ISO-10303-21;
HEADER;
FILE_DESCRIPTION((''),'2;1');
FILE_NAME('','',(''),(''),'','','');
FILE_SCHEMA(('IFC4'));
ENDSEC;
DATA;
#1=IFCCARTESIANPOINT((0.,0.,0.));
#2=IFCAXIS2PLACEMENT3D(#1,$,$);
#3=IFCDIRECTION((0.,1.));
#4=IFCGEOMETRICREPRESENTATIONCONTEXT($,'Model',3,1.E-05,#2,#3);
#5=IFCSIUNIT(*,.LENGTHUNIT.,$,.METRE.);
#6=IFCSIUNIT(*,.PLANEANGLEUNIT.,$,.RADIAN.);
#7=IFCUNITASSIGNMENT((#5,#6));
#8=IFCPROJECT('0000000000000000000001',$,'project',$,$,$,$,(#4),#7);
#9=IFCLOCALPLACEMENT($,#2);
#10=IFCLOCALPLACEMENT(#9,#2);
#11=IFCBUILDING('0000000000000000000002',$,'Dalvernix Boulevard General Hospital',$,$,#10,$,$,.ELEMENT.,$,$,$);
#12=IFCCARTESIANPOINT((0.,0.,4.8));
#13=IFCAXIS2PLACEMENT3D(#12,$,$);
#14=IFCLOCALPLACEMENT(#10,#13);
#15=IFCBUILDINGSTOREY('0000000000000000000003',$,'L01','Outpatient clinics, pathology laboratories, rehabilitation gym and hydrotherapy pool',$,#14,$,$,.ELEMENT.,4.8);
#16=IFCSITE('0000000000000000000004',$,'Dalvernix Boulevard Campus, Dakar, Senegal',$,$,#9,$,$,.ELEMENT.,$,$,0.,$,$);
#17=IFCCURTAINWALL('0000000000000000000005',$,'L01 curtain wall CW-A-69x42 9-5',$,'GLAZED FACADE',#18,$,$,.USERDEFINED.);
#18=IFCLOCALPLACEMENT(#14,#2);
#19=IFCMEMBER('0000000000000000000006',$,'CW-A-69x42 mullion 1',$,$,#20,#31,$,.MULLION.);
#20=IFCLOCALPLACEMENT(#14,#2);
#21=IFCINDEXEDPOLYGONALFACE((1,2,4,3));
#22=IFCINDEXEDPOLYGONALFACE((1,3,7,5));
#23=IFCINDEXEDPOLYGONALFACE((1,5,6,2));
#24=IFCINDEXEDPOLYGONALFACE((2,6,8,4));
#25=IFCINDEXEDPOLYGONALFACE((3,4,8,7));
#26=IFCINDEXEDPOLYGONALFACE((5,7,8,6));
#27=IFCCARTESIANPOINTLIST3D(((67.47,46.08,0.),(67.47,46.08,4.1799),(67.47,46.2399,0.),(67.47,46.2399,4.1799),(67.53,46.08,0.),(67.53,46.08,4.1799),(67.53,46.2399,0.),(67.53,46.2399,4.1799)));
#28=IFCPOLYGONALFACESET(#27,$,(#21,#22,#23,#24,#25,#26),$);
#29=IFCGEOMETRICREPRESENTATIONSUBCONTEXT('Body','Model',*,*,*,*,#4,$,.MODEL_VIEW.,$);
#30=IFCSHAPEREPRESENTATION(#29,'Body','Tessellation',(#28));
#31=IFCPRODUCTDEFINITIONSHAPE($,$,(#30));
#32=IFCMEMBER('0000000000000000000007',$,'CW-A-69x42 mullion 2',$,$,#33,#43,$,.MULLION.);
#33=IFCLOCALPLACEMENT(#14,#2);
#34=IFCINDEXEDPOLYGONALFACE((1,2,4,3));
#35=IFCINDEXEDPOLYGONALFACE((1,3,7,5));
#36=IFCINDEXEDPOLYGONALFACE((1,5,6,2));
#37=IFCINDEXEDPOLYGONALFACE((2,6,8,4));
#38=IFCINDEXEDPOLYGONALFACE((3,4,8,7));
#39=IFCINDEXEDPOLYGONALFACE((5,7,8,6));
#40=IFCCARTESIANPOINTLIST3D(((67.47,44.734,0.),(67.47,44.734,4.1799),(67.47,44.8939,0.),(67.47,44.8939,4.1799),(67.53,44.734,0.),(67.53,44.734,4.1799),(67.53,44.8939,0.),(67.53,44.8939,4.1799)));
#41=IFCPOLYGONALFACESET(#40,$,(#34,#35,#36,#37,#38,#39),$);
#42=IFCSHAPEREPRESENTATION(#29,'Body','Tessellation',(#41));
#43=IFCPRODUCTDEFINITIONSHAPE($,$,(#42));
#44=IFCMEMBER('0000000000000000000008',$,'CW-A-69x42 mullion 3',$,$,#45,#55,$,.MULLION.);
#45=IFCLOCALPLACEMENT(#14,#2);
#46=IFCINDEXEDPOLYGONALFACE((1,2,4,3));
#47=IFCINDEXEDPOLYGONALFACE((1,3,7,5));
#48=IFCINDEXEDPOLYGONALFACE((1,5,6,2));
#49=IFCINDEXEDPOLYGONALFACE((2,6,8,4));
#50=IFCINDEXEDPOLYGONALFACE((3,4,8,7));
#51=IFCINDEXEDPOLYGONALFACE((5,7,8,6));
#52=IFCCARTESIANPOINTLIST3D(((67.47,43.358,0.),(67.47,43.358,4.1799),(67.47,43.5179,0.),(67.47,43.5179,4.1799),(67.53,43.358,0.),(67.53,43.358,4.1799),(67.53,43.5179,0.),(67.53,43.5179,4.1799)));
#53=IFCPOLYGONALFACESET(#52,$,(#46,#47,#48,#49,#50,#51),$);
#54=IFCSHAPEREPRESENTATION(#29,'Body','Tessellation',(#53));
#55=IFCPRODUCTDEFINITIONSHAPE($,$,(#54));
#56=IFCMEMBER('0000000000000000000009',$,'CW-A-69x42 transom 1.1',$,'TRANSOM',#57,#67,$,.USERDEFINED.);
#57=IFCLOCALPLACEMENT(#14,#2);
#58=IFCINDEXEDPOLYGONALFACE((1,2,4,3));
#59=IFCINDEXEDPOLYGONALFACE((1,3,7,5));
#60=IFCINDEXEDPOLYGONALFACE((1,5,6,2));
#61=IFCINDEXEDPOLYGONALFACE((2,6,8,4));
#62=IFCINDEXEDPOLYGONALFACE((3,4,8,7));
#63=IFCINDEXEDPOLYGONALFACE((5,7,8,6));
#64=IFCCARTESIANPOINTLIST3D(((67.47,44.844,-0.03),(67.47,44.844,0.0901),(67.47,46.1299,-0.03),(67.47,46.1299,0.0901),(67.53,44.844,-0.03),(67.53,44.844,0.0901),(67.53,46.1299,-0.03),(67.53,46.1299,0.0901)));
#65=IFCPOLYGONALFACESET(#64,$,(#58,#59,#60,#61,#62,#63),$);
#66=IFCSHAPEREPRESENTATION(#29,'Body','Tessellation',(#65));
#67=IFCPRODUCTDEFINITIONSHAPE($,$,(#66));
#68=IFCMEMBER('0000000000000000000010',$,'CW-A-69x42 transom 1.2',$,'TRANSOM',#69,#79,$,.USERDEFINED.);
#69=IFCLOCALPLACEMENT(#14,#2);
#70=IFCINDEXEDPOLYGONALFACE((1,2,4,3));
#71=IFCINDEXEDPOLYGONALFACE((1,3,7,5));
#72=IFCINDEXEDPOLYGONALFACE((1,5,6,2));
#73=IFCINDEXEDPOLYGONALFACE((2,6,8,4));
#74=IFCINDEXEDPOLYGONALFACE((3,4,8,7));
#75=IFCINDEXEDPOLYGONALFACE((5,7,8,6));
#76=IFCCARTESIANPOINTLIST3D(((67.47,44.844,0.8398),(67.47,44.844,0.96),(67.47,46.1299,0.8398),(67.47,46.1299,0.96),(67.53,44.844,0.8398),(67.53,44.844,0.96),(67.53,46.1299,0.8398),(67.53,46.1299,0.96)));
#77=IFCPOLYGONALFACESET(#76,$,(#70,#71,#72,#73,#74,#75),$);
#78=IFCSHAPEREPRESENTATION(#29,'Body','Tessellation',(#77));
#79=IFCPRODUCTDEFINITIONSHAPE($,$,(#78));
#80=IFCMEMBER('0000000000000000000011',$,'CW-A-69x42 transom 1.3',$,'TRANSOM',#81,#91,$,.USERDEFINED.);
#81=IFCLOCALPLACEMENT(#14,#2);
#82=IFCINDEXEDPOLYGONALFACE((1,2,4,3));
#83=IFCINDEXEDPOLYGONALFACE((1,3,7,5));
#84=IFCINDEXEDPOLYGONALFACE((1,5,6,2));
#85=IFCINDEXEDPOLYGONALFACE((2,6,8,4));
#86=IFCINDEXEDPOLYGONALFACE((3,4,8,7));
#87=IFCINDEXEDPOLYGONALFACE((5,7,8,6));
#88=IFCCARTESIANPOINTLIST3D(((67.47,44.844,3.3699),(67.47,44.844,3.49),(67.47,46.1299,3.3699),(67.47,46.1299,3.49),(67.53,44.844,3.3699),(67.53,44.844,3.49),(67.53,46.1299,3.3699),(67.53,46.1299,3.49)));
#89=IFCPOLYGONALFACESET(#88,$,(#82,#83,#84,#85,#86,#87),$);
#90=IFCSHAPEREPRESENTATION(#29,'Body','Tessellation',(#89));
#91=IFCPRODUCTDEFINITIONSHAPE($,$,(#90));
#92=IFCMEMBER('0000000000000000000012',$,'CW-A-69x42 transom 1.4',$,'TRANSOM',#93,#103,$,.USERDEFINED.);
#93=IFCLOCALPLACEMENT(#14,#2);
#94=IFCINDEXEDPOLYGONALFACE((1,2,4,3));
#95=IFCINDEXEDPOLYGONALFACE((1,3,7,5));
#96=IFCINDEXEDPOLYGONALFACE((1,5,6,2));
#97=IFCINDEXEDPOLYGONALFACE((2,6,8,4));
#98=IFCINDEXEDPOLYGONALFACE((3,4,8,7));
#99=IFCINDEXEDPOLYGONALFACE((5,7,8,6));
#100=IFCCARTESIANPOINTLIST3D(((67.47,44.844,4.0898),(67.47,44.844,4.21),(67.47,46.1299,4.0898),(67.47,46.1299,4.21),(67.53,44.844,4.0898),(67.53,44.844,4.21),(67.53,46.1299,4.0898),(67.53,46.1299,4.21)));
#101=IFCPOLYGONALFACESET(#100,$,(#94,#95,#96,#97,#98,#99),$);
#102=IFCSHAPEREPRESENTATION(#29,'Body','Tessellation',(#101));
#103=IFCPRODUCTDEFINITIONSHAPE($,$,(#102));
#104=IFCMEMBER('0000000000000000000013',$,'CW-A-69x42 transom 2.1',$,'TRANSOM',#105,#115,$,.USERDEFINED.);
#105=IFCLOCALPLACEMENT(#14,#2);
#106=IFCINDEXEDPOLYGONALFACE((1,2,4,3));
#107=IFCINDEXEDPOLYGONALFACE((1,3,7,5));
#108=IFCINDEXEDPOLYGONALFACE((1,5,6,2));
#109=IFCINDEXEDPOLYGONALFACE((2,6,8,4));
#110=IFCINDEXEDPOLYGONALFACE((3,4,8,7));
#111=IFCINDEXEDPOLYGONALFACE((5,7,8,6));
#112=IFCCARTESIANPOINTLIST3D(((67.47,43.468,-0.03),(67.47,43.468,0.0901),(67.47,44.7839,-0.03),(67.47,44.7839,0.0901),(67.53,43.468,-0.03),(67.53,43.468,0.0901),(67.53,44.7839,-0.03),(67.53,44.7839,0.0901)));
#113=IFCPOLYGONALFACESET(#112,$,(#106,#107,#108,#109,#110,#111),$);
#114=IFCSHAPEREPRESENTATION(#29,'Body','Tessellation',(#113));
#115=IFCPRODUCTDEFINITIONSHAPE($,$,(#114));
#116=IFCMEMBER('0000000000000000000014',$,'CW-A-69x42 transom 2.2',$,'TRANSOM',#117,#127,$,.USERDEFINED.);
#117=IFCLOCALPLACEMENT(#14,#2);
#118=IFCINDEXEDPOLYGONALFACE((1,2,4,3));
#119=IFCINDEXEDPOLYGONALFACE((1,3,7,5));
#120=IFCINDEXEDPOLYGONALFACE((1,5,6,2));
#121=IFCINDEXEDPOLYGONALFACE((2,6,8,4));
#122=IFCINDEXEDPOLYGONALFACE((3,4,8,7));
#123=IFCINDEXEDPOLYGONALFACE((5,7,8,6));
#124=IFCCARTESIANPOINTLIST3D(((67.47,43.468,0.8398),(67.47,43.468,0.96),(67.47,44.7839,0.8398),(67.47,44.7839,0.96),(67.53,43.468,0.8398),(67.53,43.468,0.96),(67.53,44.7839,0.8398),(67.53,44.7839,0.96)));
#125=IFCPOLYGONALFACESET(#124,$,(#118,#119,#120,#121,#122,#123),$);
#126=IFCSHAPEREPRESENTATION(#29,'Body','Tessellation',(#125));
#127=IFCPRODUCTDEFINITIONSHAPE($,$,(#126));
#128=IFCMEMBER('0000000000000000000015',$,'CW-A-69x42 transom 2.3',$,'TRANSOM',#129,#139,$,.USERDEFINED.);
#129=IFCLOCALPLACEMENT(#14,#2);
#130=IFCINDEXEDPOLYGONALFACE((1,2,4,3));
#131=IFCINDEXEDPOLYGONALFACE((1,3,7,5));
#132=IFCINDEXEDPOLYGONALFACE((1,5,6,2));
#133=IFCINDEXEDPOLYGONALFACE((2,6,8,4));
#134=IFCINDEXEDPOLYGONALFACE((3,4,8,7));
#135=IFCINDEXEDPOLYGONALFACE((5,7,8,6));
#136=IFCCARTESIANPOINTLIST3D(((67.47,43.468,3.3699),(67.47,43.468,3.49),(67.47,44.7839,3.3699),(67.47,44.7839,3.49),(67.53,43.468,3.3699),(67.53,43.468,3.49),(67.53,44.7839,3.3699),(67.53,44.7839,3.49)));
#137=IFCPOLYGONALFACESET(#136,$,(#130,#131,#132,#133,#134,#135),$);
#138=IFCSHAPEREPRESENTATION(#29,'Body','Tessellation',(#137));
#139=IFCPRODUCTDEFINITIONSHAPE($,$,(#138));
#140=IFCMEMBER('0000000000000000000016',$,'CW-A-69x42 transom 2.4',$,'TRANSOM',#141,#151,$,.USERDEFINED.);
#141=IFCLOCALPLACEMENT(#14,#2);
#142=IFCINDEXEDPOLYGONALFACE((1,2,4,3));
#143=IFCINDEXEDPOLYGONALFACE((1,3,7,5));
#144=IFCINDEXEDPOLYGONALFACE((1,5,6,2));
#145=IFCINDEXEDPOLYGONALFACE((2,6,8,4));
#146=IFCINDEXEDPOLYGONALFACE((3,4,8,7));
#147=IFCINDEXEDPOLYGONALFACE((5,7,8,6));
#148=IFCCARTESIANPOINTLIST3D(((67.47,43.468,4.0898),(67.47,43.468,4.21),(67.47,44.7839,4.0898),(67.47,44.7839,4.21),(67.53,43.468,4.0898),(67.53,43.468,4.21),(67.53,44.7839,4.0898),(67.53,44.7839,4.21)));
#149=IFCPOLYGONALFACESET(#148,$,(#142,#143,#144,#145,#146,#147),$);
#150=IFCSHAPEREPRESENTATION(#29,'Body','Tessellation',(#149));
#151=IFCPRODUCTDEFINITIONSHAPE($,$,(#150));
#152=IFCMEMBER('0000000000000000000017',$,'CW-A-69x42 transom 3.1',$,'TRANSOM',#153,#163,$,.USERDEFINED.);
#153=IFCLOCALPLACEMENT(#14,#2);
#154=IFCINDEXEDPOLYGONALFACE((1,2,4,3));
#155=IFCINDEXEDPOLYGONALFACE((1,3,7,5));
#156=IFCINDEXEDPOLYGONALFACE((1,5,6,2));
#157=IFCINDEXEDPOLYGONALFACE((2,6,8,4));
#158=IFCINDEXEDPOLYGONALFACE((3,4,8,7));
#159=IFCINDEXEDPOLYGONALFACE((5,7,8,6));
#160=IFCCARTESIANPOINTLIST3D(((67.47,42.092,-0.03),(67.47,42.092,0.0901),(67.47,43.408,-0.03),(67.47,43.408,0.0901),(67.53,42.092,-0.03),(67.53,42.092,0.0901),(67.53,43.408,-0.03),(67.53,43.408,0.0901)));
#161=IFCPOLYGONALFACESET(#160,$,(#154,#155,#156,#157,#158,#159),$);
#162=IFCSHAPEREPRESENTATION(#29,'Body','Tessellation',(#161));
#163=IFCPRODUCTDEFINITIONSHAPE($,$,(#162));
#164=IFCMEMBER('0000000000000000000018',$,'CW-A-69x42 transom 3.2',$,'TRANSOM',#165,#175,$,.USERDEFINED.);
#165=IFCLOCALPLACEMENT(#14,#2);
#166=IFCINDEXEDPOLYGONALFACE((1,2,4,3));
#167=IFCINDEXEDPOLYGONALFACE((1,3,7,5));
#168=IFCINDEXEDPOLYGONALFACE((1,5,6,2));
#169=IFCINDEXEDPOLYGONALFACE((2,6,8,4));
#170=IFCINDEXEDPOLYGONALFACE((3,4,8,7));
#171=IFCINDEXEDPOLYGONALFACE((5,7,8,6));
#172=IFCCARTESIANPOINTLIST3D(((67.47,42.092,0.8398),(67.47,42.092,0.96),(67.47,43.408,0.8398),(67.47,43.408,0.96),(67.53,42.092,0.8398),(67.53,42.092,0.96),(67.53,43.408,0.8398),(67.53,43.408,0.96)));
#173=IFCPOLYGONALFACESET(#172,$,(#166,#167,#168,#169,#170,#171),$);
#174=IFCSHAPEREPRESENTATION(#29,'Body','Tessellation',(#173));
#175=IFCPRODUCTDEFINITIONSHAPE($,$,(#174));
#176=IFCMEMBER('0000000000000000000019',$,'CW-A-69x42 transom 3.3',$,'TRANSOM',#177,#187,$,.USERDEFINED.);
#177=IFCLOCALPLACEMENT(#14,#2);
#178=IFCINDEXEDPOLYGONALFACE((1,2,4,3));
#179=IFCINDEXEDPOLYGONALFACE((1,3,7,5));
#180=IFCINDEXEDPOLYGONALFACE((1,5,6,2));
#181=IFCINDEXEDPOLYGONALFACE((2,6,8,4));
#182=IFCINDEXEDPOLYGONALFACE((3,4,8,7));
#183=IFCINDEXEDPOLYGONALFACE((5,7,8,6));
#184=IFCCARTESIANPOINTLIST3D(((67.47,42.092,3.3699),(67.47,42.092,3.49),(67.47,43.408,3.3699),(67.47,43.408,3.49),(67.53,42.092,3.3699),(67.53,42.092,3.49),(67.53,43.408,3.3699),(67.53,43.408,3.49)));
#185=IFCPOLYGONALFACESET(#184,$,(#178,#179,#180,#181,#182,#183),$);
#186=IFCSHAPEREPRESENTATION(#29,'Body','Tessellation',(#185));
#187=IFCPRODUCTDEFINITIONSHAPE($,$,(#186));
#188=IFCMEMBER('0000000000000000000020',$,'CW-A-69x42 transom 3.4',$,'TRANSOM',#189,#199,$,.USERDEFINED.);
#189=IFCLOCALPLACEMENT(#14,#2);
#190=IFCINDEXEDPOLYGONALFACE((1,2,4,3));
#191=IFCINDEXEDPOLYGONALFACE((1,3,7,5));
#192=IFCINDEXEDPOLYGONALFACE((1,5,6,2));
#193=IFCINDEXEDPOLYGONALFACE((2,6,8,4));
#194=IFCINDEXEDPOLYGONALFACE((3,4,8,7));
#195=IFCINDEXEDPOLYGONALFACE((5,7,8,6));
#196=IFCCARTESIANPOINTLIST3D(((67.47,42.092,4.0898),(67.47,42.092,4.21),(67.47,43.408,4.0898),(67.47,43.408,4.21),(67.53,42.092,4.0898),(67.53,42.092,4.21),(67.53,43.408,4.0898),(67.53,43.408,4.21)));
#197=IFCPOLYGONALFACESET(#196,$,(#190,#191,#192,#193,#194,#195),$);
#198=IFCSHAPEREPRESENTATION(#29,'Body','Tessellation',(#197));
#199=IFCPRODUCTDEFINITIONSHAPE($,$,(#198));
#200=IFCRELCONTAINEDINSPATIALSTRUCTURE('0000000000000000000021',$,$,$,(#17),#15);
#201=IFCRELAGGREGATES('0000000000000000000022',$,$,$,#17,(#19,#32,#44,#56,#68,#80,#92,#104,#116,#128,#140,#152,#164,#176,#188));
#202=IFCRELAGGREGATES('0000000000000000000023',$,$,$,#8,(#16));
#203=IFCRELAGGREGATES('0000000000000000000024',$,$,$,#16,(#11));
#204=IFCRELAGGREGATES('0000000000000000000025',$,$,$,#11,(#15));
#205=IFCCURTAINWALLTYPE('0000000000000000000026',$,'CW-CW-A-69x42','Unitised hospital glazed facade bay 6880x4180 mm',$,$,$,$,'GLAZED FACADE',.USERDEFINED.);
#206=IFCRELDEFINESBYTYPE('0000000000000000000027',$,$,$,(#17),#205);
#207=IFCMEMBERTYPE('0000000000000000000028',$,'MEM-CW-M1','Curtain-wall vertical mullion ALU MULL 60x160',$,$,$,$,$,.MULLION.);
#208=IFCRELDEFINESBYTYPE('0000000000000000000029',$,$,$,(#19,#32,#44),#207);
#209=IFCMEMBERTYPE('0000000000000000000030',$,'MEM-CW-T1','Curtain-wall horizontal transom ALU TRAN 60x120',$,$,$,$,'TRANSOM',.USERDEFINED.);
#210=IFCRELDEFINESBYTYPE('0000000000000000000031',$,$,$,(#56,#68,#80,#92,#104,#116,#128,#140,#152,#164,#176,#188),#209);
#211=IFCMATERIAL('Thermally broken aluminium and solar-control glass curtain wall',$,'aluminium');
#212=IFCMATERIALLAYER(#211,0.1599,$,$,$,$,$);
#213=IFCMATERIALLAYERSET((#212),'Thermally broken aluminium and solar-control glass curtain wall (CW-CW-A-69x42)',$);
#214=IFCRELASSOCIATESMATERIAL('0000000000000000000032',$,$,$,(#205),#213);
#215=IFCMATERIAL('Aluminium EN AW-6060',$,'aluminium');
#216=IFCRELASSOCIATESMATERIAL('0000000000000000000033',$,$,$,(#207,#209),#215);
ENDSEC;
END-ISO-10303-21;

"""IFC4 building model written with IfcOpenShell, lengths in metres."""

from ifc_helpers import new_model, si_unit, direction, frame, origin, origin_2d, place, context, subcontext, project, spatial, rectangle, extrude, material, layer, layer_set, material_profile, profile_set, type_object, element, aggregate, save


model = new_model("IFC4")

# Units and contexts
model_context = context("Model", 3, precision=1e-05, world=origin(), true_north=direction((0.0, 1.0)))
body_context = subcontext(model_context, "Body", "Model", "MODEL_VIEW")
ifc_project = project(units=[si_unit("LENGTHUNIT", "METRE"), si_unit("PLANEANGLEUNIT", "RADIAN")], contexts=[model_context])

# Site, building, storey
site_placement = place(None, origin())
site = spatial("IfcSite", under=ifc_project, at=site_placement, Name="Dalvernix Boulevard Campus, Dakar, Senegal", CompositionType="ELEMENT", RefElevation=0.0)
building_placement = place(site_placement, origin())
building = spatial("IfcBuilding", under=site, at=building_placement, Name="Dalvernix Boulevard General Hospital", CompositionType="ELEMENT")
storey_placement = place(building_placement, frame((0.0, 0.0, 4.8)))
storey = spatial("IfcBuildingStorey", under=building, at=storey_placement, Name="L01", Description="Outpatient clinics, pathology laboratories, rehabilitation gym and hydrotherapy pool", CompositionType="ELEMENT", Elevation=4.8)

# Curtain wall, members
ifc_material_1 = material(Name="Thermally broken aluminium and solar-control glass curtain wall", Category="aluminium")
ifc_layer_1 = layer(ifc_material_1, 0.1599)
ifc_layer_set_1 = layer_set([ifc_layer_1], Name="Thermally broken aluminium and solar-control glass curtain wall (CW-CW-A-69x42)")
curtain_wall_type = type_object("IfcCurtainWallType", Name="CW-CW-A-69x42", Description="Unitised hospital glazed facade bay 6880x4180 mm", ElementType="GLAZED FACADE", PredefinedType="USERDEFINED", material=ifc_layer_set_1)
curtain_wall_placement = place(storey_placement, origin())
curtain_wall = element("IfcCurtainWall", 1, at=curtain_wall_placement, inside=storey, type_object=curtain_wall_type, Name="L01 curtain wall CW-A-69x42 9-5", ObjectType="GLAZED FACADE", PredefinedType="USERDEFINED")
ifc_material_2 = material(Name="Aluminium EN AW-6060", Category="aluminium")
ifc_material_profile_1 = material_profile(ifc_material_2, rectangle(XDim=0.0601, YDim=0.1599, at=origin_2d()), Name="ALU MULL 60x160")
ifc_profile_set_1 = profile_set([ifc_material_profile_1], Name="Aluminium EN AW-6060")
member_type_1 = type_object("IfcMemberType", Name="MEM-CW-M1", Description="Curtain-wall vertical mullion ALU MULL 60x160", PredefinedType="MULLION", material=ifc_profile_set_1)
member_1_placement = place(storey_placement, frame((67.5, 46.1599, 0.0), z_axis=(0.0, 0.0, 1.0), x_axis=(1.0, 0.0, 0.0)))
member_1 = element("IfcMember", 2, at=member_1_placement, type_object=member_type_1, Name="CW-A-69x42 mullion 1", PredefinedType="MULLION", context=body_context, shape_type="SweptSolid", body=[
    extrude(rectangle(XDim=0.0601, YDim=0.1599, at=origin_2d()), origin(), (0.0, 0.0, 1.0), 4.1799),
])
member_2_placement = place(storey_placement, frame((67.5, 44.814, 0.0), z_axis=(0.0, 0.0, 1.0), x_axis=(1.0, 0.0, 0.0)))
member_2 = element("IfcMember", 3, at=member_2_placement, type_object=member_type_1, Name="CW-A-69x42 mullion 2", PredefinedType="MULLION", context=body_context, shape_type="SweptSolid", body=[
    extrude(rectangle(XDim=0.0601, YDim=0.1599, at=origin_2d()), origin(), (0.0, 0.0, 1.0), 4.1799),
])
member_3_placement = place(storey_placement, frame((67.5, 43.438, 0.0), z_axis=(0.0, 0.0, 1.0), x_axis=(1.0, 0.0, 0.0)))
member_3 = element("IfcMember", 4, at=member_3_placement, type_object=member_type_1, Name="CW-A-69x42 mullion 3", PredefinedType="MULLION", context=body_context, shape_type="SweptSolid", body=[
    extrude(rectangle(XDim=0.0601, YDim=0.1599, at=origin_2d()), origin(), (0.0, 0.0, 1.0), 4.1799),
])
ifc_material_profile_2 = material_profile(ifc_material_2, rectangle(XDim=0.0601, YDim=0.1201, at=origin_2d()), Name="ALU TRAN 60x120")
ifc_profile_set_2 = profile_set([ifc_material_profile_2], Name="Aluminium EN AW-6060")
member_type_2 = type_object("IfcMemberType", Name="MEM-CW-T1", Description="Curtain-wall horizontal transom ALU TRAN 60x120", ElementType="TRANSOM", PredefinedType="USERDEFINED", material=ifc_profile_set_2)
member_4_placement = place(storey_placement, frame((67.5, 46.1299, 0.03), z_axis=(0.0, -1.0, 0.0), x_axis=(1.0, 0.0, 0.0)))
member_4 = element("IfcMember", 5, at=member_4_placement, type_object=member_type_2, Name="CW-A-69x42 transom 1.1", ObjectType="TRANSOM", PredefinedType="USERDEFINED", context=body_context, shape_type="SweptSolid", body=[
    extrude(rectangle(XDim=0.0601, YDim=0.1201, at=origin_2d()), origin(), (0.0, 0.0, 1.0), 1.2859),
])
member_5_placement = place(storey_placement, frame((67.5, 46.1299, 0.8999), z_axis=(0.0, -1.0, 0.0), x_axis=(1.0, 0.0, 0.0)))
member_5 = element("IfcMember", 6, at=member_5_placement, type_object=member_type_2, Name="CW-A-69x42 transom 1.2", ObjectType="TRANSOM", PredefinedType="USERDEFINED", context=body_context, shape_type="SweptSolid", body=[
    extrude(rectangle(XDim=0.0601, YDim=0.1201, at=origin_2d()), origin(), (0.0, 0.0, 1.0), 1.2859),
])
member_6_placement = place(storey_placement, frame((67.5, 46.1299, 3.4299), z_axis=(0.0, -1.0, 0.0), x_axis=(1.0, 0.0, 0.0)))
member_6 = element("IfcMember", 7, at=member_6_placement, type_object=member_type_2, Name="CW-A-69x42 transom 1.3", ObjectType="TRANSOM", PredefinedType="USERDEFINED", context=body_context, shape_type="SweptSolid", body=[
    extrude(rectangle(XDim=0.0601, YDim=0.1201, at=origin_2d()), origin(), (0.0, 0.0, 1.0), 1.2859),
])
member_7_placement = place(storey_placement, frame((67.5, 46.1299, 4.1499), z_axis=(0.0, -1.0, 0.0), x_axis=(1.0, 0.0, 0.0)))
member_7 = element("IfcMember", 8, at=member_7_placement, type_object=member_type_2, Name="CW-A-69x42 transom 1.4", ObjectType="TRANSOM", PredefinedType="USERDEFINED", context=body_context, shape_type="SweptSolid", body=[
    extrude(rectangle(XDim=0.0601, YDim=0.1201, at=origin_2d()), origin(), (0.0, 0.0, 1.0), 1.2859),
])
member_8_placement = place(storey_placement, frame((67.5, 44.7839, 0.03), z_axis=(0.0, -1.0, 0.0), x_axis=(1.0, 0.0, 0.0)))
member_8 = element("IfcMember", 9, at=member_8_placement, type_object=member_type_2, Name="CW-A-69x42 transom 2.1", ObjectType="TRANSOM", PredefinedType="USERDEFINED", context=body_context, shape_type="SweptSolid", body=[
    extrude(rectangle(XDim=0.0601, YDim=0.1201, at=origin_2d()), origin(), (0.0, 0.0, 1.0), 1.3159),
])
member_9_placement = place(storey_placement, frame((67.5, 44.7839, 0.8999), z_axis=(0.0, -1.0, 0.0), x_axis=(1.0, 0.0, 0.0)))
member_9 = element("IfcMember", 10, at=member_9_placement, type_object=member_type_2, Name="CW-A-69x42 transom 2.2", ObjectType="TRANSOM", PredefinedType="USERDEFINED", context=body_context, shape_type="SweptSolid", body=[
    extrude(rectangle(XDim=0.0601, YDim=0.1201, at=origin_2d()), origin(), (0.0, 0.0, 1.0), 1.3159),
])
member_10_placement = place(storey_placement, frame((67.5, 44.7839, 3.4299), z_axis=(0.0, -1.0, 0.0), x_axis=(1.0, 0.0, 0.0)))
member_10 = element("IfcMember", 11, at=member_10_placement, type_object=member_type_2, Name="CW-A-69x42 transom 2.3", ObjectType="TRANSOM", PredefinedType="USERDEFINED", context=body_context, shape_type="SweptSolid", body=[
    extrude(rectangle(XDim=0.0601, YDim=0.1201, at=origin_2d()), origin(), (0.0, 0.0, 1.0), 1.3159),
])
member_11_placement = place(storey_placement, frame((67.5, 44.7839, 4.1499), z_axis=(0.0, -1.0, 0.0), x_axis=(1.0, 0.0, 0.0)))
member_11 = element("IfcMember", 12, at=member_11_placement, type_object=member_type_2, Name="CW-A-69x42 transom 2.4", ObjectType="TRANSOM", PredefinedType="USERDEFINED", context=body_context, shape_type="SweptSolid", body=[
    extrude(rectangle(XDim=0.0601, YDim=0.1201, at=origin_2d()), origin(), (0.0, 0.0, 1.0), 1.3159),
])
member_12_placement = place(storey_placement, frame((67.5, 43.408, 0.03), z_axis=(0.0, -1.0, 0.0), x_axis=(1.0, 0.0, 0.0)))
member_12 = element("IfcMember", 13, at=member_12_placement, type_object=member_type_2, Name="CW-A-69x42 transom 3.1", ObjectType="TRANSOM", PredefinedType="USERDEFINED", context=body_context, shape_type="SweptSolid", body=[
    extrude(rectangle(XDim=0.0601, YDim=0.1201, at=origin_2d()), origin(), (0.0, 0.0, 1.0), 1.3159),
])
member_13_placement = place(storey_placement, frame((67.5, 43.408, 0.8999), z_axis=(0.0, -1.0, 0.0), x_axis=(1.0, 0.0, 0.0)))
member_13 = element("IfcMember", 14, at=member_13_placement, type_object=member_type_2, Name="CW-A-69x42 transom 3.2", ObjectType="TRANSOM", PredefinedType="USERDEFINED", context=body_context, shape_type="SweptSolid", body=[
    extrude(rectangle(XDim=0.0601, YDim=0.1201, at=origin_2d()), origin(), (0.0, 0.0, 1.0), 1.3159),
])
member_14_placement = place(storey_placement, frame((67.5, 43.408, 3.4299), z_axis=(0.0, -1.0, 0.0), x_axis=(1.0, 0.0, 0.0)))
member_14 = element("IfcMember", 15, at=member_14_placement, type_object=member_type_2, Name="CW-A-69x42 transom 3.3", ObjectType="TRANSOM", PredefinedType="USERDEFINED", context=body_context, shape_type="SweptSolid", body=[
    extrude(rectangle(XDim=0.0601, YDim=0.1201, at=origin_2d()), origin(), (0.0, 0.0, 1.0), 1.3159),
])
member_15_placement = place(storey_placement, frame((67.5, 43.408, 4.1499), z_axis=(0.0, -1.0, 0.0), x_axis=(1.0, 0.0, 0.0)))
member_15 = element("IfcMember", 16, at=member_15_placement, type_object=member_type_2, Name="CW-A-69x42 transom 3.4", ObjectType="TRANSOM", PredefinedType="USERDEFINED", context=body_context, shape_type="SweptSolid", body=[
    extrude(rectangle(XDim=0.0601, YDim=0.1201, at=origin_2d()), origin(), (0.0, 0.0, 1.0), 1.3159),
])
aggregate(curtain_wall, [member_1, member_2, member_3, member_4, member_5, member_6, member_7, member_8, member_9, member_10, member_11, member_12, member_13, member_14, member_15])

save(model, "model.ifc")
